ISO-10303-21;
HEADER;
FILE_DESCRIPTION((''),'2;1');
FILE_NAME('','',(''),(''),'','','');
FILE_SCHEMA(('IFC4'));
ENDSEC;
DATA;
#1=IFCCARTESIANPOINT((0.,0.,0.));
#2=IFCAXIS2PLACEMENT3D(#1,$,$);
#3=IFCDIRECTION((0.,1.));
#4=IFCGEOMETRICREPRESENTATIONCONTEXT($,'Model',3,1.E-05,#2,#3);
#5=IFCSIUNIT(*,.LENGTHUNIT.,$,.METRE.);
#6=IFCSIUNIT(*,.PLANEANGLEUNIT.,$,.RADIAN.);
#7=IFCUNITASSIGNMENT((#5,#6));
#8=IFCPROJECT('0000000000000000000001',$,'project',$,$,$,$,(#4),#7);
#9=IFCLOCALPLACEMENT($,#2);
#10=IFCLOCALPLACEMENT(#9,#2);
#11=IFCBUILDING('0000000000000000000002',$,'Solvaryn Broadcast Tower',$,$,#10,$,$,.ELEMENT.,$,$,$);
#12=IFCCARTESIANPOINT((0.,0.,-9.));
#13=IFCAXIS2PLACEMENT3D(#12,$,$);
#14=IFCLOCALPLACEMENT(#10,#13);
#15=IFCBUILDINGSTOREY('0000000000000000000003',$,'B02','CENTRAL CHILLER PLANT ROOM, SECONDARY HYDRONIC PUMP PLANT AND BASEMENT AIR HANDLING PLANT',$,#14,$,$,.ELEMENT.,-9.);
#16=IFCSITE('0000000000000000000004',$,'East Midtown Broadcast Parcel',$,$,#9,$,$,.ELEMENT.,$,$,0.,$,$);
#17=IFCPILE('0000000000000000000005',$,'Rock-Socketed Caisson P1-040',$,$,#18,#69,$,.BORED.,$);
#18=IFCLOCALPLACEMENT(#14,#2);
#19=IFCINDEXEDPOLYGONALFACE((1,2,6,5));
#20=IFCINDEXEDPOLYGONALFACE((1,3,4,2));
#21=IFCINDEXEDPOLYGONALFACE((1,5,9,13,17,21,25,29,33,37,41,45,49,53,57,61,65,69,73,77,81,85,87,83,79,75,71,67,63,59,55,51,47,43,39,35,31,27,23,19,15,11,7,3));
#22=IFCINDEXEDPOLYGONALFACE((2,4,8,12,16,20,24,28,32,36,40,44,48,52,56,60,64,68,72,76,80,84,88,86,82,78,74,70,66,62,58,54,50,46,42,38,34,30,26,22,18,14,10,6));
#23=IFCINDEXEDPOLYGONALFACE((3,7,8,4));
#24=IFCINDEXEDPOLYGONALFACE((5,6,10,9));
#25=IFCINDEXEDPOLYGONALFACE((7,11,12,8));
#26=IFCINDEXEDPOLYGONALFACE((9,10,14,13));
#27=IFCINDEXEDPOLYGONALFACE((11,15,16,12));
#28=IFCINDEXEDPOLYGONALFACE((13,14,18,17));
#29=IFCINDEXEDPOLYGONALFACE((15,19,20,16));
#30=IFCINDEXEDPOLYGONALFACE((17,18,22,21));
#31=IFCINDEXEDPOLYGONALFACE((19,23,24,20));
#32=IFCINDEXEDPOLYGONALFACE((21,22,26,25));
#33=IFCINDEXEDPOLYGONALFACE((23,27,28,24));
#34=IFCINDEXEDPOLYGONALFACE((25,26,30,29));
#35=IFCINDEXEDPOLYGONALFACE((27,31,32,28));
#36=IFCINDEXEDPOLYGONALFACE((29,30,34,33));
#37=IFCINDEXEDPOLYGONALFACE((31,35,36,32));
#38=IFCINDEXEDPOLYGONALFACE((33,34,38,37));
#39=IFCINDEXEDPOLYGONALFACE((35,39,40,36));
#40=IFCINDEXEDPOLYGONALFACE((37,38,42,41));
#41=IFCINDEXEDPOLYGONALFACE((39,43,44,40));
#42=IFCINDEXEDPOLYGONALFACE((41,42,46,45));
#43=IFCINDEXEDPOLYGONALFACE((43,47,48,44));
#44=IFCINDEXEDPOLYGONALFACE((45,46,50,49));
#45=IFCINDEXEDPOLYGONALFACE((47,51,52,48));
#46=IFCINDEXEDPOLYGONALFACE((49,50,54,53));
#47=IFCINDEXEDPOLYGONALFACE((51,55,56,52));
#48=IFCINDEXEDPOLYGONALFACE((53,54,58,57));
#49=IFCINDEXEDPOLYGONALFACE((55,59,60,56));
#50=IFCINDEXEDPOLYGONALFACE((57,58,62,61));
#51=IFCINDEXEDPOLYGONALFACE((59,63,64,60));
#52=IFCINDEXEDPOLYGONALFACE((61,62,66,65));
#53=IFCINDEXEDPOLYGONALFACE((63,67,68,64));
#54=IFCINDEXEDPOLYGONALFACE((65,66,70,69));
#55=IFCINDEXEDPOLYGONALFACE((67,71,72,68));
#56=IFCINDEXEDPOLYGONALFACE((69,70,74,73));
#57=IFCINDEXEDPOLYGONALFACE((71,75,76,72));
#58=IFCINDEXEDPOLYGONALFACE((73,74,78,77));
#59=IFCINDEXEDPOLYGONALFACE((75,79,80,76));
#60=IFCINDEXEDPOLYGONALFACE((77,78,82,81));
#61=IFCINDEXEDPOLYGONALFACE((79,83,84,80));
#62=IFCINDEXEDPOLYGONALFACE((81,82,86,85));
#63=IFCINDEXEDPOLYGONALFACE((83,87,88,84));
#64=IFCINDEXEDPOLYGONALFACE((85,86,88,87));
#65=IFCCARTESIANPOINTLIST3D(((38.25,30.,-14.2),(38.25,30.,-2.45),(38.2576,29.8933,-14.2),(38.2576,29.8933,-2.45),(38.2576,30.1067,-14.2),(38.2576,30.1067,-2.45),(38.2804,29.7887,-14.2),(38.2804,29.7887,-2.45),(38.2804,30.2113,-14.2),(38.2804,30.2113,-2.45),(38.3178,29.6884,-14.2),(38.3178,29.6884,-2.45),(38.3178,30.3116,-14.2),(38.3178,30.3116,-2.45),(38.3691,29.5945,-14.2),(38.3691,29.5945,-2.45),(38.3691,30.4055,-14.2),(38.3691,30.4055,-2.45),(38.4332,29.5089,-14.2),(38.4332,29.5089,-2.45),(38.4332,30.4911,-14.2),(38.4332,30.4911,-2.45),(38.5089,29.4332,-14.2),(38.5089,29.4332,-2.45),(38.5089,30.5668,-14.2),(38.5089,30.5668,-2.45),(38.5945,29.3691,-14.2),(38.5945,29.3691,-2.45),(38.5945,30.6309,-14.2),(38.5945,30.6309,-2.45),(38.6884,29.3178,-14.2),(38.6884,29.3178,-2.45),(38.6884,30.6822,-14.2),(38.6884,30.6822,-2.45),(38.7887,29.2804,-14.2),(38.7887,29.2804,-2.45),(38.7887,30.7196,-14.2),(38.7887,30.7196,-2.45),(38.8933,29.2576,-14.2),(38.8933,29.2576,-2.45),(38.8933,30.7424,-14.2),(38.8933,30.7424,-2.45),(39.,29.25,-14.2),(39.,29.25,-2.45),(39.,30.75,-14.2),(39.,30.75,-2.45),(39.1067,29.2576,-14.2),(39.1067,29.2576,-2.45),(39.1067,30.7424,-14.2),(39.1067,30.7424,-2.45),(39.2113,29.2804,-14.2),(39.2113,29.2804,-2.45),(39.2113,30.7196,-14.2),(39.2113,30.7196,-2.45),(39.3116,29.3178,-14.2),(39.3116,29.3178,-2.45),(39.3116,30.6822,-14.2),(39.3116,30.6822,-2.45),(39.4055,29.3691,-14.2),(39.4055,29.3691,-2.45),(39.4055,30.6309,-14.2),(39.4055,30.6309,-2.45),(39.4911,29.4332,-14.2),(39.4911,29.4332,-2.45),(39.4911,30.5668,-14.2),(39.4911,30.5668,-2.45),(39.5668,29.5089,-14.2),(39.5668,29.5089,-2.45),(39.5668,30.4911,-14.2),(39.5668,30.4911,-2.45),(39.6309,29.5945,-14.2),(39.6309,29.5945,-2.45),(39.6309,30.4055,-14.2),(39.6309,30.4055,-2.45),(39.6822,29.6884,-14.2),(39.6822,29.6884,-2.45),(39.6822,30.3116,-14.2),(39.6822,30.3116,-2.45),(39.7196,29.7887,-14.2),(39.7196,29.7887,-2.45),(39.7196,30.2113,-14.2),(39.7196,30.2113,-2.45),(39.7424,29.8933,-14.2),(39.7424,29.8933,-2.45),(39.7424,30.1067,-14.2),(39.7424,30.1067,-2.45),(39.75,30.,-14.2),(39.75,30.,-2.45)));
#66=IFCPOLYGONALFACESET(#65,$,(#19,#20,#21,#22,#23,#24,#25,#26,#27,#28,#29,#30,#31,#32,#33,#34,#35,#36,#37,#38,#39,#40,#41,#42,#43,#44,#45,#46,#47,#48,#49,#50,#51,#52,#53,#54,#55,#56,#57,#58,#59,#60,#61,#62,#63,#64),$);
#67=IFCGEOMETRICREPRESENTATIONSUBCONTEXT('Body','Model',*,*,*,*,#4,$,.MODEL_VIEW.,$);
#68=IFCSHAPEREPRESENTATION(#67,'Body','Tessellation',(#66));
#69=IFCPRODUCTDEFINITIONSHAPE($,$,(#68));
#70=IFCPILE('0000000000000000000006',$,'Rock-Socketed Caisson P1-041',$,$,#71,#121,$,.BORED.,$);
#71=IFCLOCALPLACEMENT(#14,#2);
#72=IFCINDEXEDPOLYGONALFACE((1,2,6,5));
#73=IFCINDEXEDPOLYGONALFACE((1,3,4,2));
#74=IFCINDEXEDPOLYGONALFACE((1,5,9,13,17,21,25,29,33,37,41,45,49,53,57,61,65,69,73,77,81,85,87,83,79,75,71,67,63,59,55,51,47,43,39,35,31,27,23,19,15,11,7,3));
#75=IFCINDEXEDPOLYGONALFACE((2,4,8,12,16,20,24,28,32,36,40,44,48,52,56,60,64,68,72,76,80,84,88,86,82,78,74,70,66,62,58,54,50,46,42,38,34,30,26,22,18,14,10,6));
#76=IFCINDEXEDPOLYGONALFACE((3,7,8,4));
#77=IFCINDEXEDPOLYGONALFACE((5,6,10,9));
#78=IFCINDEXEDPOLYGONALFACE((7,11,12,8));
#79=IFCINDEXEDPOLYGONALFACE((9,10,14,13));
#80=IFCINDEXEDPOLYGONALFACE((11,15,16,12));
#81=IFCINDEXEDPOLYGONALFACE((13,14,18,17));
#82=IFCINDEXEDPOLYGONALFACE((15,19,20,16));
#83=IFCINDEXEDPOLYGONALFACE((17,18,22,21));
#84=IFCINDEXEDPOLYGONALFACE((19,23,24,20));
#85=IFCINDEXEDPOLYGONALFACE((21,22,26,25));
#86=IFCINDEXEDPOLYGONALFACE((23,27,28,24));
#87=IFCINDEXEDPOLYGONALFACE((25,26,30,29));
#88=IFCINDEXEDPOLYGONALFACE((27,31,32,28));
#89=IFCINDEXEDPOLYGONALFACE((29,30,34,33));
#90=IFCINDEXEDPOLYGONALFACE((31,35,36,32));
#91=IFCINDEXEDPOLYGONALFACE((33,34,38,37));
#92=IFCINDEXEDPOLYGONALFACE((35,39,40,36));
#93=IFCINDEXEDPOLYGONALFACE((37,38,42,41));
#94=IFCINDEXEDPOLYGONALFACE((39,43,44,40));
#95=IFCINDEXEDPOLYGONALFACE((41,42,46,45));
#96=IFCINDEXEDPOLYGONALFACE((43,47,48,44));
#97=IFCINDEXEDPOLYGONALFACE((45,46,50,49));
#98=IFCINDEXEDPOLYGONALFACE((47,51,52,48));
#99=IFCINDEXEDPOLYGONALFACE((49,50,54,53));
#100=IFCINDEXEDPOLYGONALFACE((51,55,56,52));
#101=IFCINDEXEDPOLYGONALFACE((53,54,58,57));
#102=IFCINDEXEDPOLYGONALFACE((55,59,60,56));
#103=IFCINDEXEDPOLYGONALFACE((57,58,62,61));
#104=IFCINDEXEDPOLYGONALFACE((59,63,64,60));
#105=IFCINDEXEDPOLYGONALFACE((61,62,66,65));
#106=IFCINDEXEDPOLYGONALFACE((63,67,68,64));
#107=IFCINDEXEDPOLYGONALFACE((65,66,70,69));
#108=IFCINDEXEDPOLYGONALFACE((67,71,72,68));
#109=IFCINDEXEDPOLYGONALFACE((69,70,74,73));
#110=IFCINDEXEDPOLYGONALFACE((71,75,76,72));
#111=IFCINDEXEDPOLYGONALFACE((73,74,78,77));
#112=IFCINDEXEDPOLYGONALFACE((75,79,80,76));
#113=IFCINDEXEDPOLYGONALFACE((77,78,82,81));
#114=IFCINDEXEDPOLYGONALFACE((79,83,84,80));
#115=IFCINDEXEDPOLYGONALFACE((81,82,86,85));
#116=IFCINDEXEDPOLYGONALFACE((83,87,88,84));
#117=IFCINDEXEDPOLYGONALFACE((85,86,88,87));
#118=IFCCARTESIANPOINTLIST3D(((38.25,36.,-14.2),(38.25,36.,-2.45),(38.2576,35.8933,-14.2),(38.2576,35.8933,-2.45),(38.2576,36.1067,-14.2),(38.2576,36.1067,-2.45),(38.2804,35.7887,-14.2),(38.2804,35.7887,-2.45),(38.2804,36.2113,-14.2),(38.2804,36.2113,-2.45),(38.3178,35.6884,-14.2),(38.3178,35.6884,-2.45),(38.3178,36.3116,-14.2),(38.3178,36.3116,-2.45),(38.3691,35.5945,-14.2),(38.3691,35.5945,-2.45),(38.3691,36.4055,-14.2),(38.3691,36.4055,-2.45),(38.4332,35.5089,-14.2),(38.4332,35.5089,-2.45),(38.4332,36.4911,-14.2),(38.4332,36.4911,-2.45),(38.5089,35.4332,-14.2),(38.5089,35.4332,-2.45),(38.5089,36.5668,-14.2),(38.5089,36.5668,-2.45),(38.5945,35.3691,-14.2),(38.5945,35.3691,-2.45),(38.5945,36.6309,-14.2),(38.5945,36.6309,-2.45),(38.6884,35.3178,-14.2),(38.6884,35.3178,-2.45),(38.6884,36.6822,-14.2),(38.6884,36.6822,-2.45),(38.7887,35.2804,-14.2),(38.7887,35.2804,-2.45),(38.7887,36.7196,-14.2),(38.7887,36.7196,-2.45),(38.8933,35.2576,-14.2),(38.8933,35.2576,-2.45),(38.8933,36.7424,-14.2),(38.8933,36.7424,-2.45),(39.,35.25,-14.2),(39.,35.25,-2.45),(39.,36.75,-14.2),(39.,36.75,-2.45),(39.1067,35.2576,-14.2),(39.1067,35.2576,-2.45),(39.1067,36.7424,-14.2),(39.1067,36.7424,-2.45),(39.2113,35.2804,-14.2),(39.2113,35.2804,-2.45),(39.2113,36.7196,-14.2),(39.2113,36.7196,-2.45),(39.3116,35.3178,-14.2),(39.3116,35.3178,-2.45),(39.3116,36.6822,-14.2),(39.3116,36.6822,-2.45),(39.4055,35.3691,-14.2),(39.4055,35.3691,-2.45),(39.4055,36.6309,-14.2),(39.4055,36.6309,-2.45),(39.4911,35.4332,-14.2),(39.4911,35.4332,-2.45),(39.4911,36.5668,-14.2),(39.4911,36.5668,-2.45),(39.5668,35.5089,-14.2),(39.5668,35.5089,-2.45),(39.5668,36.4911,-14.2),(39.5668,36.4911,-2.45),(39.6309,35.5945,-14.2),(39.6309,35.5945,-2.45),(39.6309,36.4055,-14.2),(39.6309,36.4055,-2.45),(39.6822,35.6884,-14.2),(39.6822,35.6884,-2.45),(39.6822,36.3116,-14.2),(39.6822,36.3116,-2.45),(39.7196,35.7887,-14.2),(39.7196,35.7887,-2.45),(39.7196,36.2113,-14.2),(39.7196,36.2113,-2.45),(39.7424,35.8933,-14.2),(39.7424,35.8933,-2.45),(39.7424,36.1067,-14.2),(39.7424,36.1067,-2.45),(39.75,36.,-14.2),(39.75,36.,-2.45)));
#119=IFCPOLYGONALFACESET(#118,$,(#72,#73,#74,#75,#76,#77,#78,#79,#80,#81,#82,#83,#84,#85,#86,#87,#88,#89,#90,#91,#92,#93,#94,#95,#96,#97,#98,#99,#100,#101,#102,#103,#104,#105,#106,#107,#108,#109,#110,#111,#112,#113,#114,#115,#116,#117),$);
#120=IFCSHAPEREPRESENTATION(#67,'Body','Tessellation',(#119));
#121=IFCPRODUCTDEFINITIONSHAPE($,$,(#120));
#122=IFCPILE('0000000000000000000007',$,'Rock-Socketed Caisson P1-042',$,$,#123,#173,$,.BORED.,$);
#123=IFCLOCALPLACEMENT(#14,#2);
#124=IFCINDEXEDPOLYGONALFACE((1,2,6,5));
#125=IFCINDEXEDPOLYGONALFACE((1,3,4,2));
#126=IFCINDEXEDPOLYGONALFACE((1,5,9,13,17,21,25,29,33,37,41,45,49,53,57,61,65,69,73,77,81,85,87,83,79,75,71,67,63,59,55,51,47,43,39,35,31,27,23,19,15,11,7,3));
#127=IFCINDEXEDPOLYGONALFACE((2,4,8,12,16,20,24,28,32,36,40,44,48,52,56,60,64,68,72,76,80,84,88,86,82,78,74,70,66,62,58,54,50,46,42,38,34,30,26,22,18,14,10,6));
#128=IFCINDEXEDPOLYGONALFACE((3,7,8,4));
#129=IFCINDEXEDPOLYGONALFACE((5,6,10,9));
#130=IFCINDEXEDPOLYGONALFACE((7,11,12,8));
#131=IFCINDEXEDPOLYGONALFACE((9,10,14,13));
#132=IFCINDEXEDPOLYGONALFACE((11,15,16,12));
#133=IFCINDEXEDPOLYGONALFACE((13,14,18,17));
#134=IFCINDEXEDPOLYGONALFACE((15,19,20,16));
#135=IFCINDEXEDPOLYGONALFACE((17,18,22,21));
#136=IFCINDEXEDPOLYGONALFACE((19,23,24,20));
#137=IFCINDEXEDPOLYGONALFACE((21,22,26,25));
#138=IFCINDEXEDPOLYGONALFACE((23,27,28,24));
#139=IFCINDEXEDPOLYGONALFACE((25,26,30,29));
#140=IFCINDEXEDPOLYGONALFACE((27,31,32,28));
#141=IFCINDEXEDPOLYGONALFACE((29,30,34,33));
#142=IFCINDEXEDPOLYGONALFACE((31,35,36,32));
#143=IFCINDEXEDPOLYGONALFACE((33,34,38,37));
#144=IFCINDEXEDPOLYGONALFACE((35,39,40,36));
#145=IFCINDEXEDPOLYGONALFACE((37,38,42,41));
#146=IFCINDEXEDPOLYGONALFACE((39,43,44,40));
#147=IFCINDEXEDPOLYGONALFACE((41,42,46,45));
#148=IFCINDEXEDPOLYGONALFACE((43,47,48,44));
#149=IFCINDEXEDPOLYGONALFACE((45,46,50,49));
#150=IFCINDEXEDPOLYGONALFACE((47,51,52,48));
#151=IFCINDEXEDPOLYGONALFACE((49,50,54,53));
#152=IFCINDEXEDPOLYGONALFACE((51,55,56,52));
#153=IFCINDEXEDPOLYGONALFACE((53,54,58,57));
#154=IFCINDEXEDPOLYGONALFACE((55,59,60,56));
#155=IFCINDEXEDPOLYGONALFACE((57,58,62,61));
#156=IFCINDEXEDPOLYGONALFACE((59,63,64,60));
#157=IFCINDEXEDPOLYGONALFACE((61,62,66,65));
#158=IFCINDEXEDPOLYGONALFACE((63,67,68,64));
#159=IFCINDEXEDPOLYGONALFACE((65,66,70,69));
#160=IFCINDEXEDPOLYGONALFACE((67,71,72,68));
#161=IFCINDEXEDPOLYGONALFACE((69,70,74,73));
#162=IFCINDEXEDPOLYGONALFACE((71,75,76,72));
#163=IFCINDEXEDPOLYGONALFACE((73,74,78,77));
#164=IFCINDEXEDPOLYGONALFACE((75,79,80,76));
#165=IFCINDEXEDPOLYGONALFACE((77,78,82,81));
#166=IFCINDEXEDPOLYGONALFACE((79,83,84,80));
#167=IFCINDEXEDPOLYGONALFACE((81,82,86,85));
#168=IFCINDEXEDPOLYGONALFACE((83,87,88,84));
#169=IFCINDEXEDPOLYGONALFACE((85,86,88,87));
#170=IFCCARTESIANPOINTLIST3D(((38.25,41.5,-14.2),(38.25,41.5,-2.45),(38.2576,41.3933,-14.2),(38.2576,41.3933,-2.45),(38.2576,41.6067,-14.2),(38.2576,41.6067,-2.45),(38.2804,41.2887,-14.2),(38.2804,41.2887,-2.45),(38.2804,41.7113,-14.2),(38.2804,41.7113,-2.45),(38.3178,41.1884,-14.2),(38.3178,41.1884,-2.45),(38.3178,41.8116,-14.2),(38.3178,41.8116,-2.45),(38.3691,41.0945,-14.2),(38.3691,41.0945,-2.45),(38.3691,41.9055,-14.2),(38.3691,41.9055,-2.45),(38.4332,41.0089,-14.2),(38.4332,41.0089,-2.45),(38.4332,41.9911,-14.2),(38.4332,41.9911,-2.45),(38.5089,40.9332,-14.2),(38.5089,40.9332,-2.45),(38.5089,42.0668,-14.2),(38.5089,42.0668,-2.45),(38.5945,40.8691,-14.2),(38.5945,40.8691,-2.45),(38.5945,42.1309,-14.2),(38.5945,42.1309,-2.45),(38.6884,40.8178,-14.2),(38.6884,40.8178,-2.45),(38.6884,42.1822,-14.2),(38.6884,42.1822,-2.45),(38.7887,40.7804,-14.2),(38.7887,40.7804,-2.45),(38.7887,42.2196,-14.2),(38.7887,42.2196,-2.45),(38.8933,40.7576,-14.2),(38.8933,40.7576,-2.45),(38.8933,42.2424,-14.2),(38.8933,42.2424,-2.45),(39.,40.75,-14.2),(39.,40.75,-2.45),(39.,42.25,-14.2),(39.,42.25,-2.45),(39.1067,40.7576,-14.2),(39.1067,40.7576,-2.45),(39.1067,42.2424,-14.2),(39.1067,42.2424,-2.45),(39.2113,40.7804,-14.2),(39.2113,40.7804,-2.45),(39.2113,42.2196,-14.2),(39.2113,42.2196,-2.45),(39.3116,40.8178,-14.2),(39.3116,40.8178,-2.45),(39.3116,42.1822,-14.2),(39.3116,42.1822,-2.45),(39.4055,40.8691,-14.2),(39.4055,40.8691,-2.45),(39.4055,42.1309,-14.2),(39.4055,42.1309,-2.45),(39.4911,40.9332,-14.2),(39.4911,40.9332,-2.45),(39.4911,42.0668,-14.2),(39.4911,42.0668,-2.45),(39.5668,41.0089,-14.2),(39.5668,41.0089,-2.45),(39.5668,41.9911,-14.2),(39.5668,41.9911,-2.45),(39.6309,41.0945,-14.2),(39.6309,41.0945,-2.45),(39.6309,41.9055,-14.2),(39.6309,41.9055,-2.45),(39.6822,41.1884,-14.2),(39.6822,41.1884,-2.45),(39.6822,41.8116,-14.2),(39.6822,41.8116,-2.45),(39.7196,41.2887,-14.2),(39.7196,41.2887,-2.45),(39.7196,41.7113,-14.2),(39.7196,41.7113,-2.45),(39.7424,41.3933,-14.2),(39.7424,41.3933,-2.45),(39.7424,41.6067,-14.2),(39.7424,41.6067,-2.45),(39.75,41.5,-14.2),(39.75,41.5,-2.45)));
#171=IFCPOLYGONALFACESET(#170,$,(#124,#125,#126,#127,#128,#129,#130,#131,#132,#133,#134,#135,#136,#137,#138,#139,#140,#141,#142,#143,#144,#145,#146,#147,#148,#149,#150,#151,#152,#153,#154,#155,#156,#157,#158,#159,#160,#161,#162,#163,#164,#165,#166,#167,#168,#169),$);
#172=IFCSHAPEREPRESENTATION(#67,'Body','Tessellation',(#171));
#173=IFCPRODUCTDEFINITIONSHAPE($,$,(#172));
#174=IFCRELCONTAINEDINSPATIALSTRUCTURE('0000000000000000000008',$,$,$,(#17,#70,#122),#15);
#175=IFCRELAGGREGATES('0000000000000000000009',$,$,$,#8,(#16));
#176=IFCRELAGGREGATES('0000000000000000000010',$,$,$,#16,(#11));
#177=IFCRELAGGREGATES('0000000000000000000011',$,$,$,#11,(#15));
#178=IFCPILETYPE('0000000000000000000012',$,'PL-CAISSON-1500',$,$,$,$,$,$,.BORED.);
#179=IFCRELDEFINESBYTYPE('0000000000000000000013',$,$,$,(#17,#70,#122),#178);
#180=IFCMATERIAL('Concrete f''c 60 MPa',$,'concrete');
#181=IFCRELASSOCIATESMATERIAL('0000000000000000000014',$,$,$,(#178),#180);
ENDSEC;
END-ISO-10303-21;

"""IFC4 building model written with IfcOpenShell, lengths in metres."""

from ifc_helpers import new_model, si_unit, direction, frame, origin, origin_2d, place, context, subcontext, project, spatial, circle, extrude, material, material_profile, profile_set, type_object, element, save


model = new_model("IFC4")

# Units and contexts
model_context = context("Model", 3, precision=1e-05, world=origin(), true_north=direction((0.0, 1.0)))
body_context = subcontext(model_context, "Body", "Model", "MODEL_VIEW")
ifc_project = project(units=[si_unit("LENGTHUNIT", "METRE"), si_unit("PLANEANGLEUNIT", "RADIAN")], contexts=[model_context])

# Site, building, storey
site_placement = place(None, origin())
site = spatial("IfcSite", under=ifc_project, at=site_placement, Name="East Midtown Broadcast Parcel", CompositionType="ELEMENT", RefElevation=0.0)
building_placement = place(site_placement, origin())
building = spatial("IfcBuilding", under=site, at=building_placement, Name="Solvaryn Broadcast Tower", CompositionType="ELEMENT")
storey_placement = place(building_placement, frame((0.0, 0.0, -9.0)))
storey = spatial("IfcBuildingStorey", under=building, at=storey_placement, Name="B02", Description="CENTRAL CHILLER PLANT ROOM, SECONDARY HYDRONIC PUMP PLANT AND BASEMENT AIR HANDLING PLANT", CompositionType="ELEMENT", Elevation=-9.0)

# Piles
ifc_material_1 = material(Name="Concrete f'c 60 MPa", Category="concrete")
ifc_material_profile_1 = material_profile(ifc_material_1, circle(Radius=0.75, at=origin_2d()))
ifc_profile_set_1 = profile_set([ifc_material_profile_1], Name="Concrete f'c 60 MPa")
pile_type_1 = type_object("IfcPileType", Name="PL-CAISSON-1500", PredefinedType="BORED", material=ifc_profile_set_1)
for number, where, z_axis, x_axis, name in (
    (1, (39.0, 30.0, -2.45), (0.0, 0.0, -1.0), (1.0, 0.0, 0.0), "Rock-Socketed Caisson P1-040"),
    (2, (39.0, 36.0, -2.45), (0.0, 0.0, -1.0), (1.0, 0.0, 0.0), "Rock-Socketed Caisson P1-041"),
    (3, (39.0, 41.5, -2.45), (0.0, 0.0, -1.0), (1.0, 0.0, 0.0), "Rock-Socketed Caisson P1-042"),
):
    element("IfcPile", number, at=place(storey_placement, frame(where, z_axis=z_axis, x_axis=x_axis)), inside=storey, type_object=pile_type_1, Name=name, PredefinedType="BORED", context=body_context, shape_type="SweptSolid", body=[
        extrude(circle(Radius=0.75, at=origin_2d()), origin(), (0.0, 0.0, 1.0), 11.75),
    ])

save(model, "model.ifc")
